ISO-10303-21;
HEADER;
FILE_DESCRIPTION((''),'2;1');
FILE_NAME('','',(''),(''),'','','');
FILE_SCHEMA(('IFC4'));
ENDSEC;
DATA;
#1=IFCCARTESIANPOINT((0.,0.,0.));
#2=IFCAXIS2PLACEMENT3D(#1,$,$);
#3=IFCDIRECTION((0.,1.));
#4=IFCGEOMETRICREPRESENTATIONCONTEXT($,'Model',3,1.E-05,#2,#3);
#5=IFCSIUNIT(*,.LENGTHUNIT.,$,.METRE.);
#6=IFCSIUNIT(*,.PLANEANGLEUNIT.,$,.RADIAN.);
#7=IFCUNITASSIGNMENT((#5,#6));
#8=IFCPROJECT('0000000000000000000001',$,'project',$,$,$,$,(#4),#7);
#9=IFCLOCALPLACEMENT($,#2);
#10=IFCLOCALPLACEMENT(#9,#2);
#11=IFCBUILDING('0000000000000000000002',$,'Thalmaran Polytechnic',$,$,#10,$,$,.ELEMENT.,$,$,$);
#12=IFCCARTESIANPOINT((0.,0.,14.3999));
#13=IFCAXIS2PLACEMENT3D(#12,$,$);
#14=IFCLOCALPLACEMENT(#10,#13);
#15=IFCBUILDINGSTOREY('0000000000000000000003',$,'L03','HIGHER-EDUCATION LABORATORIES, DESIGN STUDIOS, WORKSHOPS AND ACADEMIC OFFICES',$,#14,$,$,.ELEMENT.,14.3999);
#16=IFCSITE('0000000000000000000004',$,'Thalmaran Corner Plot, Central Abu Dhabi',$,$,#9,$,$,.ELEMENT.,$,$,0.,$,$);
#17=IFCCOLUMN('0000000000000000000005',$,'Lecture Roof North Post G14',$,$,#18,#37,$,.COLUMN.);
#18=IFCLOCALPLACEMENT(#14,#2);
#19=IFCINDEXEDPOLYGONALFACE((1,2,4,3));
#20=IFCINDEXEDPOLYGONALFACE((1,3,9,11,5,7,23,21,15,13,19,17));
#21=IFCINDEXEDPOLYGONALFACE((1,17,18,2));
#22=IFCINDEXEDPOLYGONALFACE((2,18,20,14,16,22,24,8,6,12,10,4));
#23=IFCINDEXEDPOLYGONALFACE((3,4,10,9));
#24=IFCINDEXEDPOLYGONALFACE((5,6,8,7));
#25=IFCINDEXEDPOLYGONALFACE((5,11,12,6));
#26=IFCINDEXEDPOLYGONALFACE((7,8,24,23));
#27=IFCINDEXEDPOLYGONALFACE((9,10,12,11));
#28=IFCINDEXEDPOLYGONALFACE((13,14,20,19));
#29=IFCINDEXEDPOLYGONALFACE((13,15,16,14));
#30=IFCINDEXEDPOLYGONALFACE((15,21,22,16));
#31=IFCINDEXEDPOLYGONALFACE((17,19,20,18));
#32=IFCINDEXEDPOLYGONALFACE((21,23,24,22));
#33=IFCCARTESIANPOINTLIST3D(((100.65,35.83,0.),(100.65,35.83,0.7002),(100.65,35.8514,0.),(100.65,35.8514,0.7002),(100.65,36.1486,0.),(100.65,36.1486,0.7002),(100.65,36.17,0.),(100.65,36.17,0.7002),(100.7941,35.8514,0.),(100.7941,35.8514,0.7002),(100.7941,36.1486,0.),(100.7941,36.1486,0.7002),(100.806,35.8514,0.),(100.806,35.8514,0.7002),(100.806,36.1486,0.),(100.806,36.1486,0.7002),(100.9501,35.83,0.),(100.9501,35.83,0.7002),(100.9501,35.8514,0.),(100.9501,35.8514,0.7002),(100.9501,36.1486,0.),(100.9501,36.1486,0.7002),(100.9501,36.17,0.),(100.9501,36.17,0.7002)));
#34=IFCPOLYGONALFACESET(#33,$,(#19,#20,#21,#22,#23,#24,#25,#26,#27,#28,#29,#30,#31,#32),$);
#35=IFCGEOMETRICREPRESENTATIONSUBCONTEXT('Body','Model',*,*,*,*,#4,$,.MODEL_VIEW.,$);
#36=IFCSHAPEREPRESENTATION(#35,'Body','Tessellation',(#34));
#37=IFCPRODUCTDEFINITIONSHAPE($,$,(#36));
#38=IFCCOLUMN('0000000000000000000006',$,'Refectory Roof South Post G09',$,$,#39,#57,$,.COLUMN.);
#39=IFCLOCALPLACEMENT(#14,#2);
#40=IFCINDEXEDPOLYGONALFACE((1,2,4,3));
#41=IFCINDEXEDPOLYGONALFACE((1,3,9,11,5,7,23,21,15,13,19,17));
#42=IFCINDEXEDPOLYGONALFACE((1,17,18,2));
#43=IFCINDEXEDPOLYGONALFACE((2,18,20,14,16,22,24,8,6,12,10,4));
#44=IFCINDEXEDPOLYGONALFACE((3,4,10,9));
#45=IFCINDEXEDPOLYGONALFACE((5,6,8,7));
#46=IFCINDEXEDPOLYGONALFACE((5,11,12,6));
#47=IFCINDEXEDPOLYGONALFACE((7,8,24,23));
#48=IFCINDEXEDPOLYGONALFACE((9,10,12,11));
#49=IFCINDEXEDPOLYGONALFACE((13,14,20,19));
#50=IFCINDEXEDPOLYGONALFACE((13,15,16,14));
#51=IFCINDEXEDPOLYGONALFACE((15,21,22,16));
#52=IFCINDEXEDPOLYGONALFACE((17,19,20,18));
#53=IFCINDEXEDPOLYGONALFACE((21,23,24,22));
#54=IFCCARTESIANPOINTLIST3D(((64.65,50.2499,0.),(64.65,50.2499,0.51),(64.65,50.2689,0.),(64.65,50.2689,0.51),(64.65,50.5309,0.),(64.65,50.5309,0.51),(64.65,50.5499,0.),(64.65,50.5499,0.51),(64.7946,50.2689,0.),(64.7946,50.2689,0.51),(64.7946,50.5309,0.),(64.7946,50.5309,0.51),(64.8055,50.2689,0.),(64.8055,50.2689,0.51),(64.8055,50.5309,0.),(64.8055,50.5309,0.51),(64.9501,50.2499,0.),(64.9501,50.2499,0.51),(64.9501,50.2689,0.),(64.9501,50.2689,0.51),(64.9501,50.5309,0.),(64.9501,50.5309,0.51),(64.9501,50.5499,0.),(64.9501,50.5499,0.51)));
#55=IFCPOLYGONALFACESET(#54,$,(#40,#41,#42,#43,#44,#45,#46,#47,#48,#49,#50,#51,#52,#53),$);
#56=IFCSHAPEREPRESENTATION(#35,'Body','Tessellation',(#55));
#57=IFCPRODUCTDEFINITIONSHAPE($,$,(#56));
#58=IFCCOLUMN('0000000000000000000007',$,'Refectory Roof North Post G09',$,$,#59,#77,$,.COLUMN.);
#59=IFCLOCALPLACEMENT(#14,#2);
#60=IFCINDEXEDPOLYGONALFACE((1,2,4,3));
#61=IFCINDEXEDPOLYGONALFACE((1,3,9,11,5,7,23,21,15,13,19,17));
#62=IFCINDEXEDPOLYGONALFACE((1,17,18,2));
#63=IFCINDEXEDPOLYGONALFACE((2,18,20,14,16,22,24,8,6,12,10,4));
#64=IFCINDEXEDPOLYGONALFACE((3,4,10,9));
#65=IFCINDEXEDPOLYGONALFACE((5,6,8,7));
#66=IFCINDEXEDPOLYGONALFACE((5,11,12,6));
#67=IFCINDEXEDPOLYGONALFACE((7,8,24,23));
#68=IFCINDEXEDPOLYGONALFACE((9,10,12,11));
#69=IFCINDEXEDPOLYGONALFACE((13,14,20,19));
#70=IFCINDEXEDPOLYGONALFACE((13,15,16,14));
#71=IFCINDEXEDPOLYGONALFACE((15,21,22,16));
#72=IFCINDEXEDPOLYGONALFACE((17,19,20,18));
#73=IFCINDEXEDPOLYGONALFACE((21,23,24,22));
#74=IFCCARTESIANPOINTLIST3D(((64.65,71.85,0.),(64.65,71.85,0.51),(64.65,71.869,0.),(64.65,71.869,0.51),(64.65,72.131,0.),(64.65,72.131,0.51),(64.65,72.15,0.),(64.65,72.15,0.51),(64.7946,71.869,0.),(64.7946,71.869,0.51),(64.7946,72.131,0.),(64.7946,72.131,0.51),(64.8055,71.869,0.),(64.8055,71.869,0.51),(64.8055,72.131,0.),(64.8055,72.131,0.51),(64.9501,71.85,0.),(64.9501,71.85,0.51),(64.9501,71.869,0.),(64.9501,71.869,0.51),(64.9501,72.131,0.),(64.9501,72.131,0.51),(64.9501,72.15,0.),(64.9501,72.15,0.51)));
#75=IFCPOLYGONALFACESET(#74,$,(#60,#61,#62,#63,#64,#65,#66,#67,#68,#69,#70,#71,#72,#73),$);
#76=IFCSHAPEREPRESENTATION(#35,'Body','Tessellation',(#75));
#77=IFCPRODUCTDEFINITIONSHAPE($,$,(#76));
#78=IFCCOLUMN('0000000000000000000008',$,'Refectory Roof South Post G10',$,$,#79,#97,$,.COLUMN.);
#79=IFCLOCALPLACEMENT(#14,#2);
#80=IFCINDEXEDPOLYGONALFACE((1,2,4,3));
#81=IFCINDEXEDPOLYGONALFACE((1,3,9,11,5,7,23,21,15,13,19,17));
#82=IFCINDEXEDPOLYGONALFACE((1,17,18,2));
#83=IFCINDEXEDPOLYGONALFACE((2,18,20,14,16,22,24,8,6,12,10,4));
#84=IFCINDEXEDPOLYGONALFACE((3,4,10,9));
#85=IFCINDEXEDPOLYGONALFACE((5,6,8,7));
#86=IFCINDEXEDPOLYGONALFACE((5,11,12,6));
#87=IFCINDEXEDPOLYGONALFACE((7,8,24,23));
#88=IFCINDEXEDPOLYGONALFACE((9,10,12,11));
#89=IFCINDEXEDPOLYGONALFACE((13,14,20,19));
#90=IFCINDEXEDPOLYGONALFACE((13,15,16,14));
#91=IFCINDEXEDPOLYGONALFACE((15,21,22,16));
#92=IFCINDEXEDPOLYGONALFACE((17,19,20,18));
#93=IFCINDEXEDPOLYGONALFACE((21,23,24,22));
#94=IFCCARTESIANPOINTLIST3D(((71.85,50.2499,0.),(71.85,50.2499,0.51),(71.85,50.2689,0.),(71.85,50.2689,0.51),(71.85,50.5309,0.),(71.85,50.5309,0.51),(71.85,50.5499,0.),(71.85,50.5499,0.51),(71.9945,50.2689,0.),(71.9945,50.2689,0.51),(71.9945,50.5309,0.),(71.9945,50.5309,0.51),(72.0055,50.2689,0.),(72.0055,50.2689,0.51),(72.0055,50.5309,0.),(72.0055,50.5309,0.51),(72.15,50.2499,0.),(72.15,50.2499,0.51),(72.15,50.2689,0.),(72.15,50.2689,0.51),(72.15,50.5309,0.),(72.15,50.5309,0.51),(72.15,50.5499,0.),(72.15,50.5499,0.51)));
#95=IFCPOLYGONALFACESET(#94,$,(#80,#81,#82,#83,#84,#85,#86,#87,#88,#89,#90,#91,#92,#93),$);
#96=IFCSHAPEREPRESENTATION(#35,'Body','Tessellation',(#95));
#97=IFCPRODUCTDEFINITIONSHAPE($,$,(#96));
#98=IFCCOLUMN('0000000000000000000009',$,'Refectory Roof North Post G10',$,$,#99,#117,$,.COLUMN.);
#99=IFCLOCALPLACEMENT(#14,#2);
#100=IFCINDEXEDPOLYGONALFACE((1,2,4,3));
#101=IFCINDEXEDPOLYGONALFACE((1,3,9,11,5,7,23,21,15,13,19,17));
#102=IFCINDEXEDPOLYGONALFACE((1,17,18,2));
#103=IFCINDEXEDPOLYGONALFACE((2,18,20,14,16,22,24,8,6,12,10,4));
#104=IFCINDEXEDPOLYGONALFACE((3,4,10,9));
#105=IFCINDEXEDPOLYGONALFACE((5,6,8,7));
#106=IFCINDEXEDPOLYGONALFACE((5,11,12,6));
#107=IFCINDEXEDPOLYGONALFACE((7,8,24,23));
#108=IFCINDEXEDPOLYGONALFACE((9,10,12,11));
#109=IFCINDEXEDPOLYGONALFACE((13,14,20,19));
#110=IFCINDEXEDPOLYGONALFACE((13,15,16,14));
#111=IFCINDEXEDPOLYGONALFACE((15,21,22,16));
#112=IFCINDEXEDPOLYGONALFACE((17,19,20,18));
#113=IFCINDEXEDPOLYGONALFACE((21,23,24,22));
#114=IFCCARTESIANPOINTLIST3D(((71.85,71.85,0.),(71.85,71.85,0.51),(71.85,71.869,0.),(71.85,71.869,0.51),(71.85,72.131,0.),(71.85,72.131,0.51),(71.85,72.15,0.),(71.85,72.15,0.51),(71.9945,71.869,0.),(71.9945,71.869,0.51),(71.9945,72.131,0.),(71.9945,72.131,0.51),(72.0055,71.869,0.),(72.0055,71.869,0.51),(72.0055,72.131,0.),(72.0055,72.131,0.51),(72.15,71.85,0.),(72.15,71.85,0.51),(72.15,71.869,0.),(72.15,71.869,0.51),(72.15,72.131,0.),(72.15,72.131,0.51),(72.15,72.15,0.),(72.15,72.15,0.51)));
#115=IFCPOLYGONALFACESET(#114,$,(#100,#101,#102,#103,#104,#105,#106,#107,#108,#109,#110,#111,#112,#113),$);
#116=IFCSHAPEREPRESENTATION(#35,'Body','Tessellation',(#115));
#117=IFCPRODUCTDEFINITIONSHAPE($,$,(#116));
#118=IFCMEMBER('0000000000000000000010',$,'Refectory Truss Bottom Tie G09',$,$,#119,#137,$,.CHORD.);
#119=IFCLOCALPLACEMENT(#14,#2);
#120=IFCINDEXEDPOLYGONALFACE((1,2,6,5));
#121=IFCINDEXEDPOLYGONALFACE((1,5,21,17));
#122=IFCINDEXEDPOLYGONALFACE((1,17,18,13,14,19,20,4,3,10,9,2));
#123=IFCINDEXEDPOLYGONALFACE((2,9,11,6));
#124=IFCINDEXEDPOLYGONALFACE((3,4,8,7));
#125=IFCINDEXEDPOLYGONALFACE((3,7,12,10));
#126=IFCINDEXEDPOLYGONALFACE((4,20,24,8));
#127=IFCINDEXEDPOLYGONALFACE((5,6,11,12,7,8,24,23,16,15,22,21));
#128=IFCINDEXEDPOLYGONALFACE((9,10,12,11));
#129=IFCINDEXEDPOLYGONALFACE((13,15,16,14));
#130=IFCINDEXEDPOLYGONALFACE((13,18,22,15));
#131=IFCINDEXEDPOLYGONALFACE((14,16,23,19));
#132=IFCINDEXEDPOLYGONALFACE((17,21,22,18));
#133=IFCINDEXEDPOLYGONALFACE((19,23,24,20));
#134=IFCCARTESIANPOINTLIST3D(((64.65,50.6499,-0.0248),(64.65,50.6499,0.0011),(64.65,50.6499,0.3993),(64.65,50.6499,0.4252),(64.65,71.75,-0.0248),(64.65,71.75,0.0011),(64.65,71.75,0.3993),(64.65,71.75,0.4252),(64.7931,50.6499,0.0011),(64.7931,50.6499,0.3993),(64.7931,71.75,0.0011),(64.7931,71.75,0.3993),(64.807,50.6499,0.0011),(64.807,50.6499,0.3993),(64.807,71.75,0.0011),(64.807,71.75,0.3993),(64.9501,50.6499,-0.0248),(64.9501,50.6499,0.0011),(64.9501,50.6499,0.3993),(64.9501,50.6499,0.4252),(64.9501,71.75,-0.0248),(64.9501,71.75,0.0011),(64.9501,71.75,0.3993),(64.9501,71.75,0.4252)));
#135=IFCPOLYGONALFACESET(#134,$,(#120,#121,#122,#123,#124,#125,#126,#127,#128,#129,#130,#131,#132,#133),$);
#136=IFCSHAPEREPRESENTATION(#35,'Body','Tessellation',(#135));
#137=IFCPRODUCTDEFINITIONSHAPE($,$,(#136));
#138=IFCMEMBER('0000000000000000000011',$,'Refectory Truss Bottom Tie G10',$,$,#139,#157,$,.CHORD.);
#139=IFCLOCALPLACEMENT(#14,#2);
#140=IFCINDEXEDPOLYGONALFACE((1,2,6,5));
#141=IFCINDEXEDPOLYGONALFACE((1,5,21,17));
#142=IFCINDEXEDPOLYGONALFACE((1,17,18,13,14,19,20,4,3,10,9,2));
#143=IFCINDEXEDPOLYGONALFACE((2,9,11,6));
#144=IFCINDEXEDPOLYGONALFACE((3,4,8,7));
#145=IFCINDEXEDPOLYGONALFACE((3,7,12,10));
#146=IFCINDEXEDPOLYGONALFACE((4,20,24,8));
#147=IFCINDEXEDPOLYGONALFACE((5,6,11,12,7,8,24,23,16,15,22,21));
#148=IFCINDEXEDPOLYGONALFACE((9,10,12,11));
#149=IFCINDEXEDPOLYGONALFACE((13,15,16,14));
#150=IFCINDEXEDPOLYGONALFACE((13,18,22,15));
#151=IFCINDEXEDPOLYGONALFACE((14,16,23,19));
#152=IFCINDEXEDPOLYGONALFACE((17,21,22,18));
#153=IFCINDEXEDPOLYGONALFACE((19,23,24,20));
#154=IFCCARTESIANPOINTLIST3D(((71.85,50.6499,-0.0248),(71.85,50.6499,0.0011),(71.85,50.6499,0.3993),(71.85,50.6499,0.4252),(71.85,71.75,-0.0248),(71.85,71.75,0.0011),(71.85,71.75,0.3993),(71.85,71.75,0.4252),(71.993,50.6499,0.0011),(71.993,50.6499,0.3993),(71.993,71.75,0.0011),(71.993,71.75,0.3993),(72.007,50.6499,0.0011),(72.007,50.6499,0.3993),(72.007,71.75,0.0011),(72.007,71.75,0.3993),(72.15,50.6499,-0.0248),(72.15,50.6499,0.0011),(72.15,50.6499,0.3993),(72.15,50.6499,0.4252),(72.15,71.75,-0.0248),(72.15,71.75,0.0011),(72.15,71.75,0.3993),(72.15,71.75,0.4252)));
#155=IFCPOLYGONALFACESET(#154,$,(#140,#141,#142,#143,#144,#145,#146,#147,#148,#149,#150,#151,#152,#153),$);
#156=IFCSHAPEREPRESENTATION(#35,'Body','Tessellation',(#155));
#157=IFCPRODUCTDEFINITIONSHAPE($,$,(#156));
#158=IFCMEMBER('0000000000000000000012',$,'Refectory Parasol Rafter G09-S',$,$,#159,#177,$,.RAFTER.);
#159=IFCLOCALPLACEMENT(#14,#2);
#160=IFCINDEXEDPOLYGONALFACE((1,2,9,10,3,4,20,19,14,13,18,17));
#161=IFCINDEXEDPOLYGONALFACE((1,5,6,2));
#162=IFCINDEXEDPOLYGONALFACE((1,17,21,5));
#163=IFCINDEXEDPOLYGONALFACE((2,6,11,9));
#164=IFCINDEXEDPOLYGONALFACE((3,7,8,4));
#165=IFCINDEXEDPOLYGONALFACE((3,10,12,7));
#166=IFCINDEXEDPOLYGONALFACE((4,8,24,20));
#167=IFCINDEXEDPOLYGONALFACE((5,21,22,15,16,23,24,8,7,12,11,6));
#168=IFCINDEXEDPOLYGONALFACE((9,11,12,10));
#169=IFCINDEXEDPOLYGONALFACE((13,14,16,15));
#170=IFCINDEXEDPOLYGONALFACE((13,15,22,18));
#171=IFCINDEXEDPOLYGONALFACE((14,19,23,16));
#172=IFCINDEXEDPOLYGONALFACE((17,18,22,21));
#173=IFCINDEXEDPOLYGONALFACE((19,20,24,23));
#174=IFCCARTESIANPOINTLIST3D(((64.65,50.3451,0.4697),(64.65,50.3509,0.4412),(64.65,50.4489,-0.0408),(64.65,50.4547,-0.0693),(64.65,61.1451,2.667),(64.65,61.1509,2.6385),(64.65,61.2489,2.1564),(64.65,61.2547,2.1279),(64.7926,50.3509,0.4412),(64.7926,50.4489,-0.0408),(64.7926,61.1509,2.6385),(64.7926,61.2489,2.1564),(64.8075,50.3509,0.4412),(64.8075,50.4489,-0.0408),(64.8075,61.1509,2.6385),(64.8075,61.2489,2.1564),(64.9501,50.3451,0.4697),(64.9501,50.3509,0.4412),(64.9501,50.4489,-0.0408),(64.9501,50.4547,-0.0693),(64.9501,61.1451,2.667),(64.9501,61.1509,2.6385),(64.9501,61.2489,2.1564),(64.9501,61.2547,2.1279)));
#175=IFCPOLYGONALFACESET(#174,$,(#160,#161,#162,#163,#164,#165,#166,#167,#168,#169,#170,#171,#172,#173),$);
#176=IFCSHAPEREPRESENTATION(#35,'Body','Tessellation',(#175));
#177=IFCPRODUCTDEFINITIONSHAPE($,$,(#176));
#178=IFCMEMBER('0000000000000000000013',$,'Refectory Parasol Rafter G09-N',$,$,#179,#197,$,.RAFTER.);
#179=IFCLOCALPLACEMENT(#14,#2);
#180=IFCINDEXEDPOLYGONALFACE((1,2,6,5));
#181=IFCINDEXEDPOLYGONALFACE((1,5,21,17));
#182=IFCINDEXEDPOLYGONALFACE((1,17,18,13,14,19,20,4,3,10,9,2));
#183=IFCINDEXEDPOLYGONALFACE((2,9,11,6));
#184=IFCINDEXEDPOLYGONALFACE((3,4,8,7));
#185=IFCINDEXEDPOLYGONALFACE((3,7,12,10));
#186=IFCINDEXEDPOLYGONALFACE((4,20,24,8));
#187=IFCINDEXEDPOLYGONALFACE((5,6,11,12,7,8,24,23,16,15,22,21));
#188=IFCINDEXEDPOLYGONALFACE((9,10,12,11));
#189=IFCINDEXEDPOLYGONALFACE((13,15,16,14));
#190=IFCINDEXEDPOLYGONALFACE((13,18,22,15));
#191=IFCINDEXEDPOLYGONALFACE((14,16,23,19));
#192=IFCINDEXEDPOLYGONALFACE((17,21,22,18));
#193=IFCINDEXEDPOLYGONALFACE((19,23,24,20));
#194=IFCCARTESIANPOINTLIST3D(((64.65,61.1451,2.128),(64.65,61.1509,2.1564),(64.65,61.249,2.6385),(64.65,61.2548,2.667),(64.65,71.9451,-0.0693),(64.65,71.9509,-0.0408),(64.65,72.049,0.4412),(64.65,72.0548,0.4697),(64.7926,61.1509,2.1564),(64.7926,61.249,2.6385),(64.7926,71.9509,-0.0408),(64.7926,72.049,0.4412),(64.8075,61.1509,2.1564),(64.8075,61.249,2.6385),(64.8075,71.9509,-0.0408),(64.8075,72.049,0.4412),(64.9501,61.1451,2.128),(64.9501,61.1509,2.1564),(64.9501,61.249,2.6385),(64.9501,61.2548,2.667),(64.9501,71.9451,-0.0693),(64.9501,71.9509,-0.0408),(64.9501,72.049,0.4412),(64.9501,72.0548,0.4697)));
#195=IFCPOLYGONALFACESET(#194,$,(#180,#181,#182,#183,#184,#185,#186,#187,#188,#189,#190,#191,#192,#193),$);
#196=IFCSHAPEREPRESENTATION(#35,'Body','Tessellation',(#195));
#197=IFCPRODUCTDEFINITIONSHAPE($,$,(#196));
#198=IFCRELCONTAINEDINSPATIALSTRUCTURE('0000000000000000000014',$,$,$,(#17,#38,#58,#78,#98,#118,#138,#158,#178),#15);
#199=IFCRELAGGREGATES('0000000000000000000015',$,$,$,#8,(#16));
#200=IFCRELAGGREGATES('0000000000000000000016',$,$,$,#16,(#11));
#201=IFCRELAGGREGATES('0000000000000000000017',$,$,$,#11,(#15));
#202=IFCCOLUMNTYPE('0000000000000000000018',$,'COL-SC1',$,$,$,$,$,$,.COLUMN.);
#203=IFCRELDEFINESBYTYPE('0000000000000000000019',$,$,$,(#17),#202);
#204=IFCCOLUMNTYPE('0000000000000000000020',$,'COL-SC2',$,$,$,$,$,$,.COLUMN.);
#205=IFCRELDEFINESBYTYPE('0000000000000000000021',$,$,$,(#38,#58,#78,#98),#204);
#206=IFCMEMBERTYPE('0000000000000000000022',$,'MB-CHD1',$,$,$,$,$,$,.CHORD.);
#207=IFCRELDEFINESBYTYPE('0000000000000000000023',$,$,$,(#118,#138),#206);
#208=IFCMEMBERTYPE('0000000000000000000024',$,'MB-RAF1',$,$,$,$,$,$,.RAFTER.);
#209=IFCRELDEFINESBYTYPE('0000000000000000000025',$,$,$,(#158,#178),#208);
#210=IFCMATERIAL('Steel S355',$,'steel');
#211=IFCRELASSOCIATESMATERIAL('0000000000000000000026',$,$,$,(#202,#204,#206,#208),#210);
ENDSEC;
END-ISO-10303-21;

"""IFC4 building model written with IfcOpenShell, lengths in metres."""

from ifc_helpers import new_model, si_unit, direction, frame, origin, origin_2d, place, context, subcontext, project, spatial, i_section, extrude, material, material_profile, profile_set, type_object, element, save


model = new_model("IFC4")

# Units and contexts
model_context = context("Model", 3, precision=1e-05, world=origin(), true_north=direction((0.0, 1.0)))
body_context = subcontext(model_context, "Body", "Model", "MODEL_VIEW")
ifc_project = project(units=[si_unit("LENGTHUNIT", "METRE"), si_unit("PLANEANGLEUNIT", "RADIAN")], contexts=[model_context])

# Site, building, storey
site_placement = place(None, origin())
site = spatial("IfcSite", under=ifc_project, at=site_placement, Name="Thalmaran Corner Plot, Central Abu Dhabi", CompositionType="ELEMENT", RefElevation=0.0)
building_placement = place(site_placement, origin())
building = spatial("IfcBuilding", under=site, at=building_placement, Name="Thalmaran Polytechnic", CompositionType="ELEMENT")
storey_placement = place(building_placement, frame((0.0, 0.0, 14.3999)))
storey = spatial("IfcBuildingStorey", under=building, at=storey_placement, Name="L03", Description="HIGHER-EDUCATION LABORATORIES, DESIGN STUDIOS, WORKSHOPS AND ACADEMIC OFFICES", CompositionType="ELEMENT", Elevation=14.3999)

# Columns
ifc_material_1 = material(Name="Steel S355", Category="steel")
ifc_material_profile_1 = material_profile(ifc_material_1, i_section(OverallWidth=0.3, OverallDepth=0.3401, WebThickness=0.012, FlangeThickness=0.0215, at=origin_2d()), Name="HEB 340")
ifc_profile_set_1 = profile_set([ifc_material_profile_1], Name="Steel S355")
column_type_1 = type_object("IfcColumnType", Name="COL-SC1", PredefinedType="COLUMN", material=ifc_profile_set_1)
column_placement = place(storey_placement, frame((100.8, 36.0, 0.0), z_axis=(0.0, 0.0, 1.0), x_axis=(1.0, 0.0, 0.0)))
element("IfcColumn", 1, at=column_placement, inside=storey, type_object=column_type_1, Name="Lecture Roof North Post G14", PredefinedType="COLUMN", context=body_context, shape_type="SweptSolid", body=[
    extrude(i_section(OverallWidth=0.3, OverallDepth=0.3401, WebThickness=0.012, FlangeThickness=0.0215, at=origin_2d()), origin(), (0.0, 0.0, 1.0), 0.7002),
])
ifc_material_profile_2 = material_profile(ifc_material_1, i_section(OverallWidth=0.3, OverallDepth=0.3, WebThickness=0.011, FlangeThickness=0.019, at=origin_2d()), Name="HEB 300")
ifc_profile_set_2 = profile_set([ifc_material_profile_2], Name="Steel S355")
column_type_2 = type_object("IfcColumnType", Name="COL-SC2", PredefinedType="COLUMN", material=ifc_profile_set_2)
for number, where, z_axis, x_axis, name in (
    (2, (64.8, 50.3999, 0.0), (0.0, 0.0, 1.0), (1.0, 0.0, 0.0), "Refectory Roof South Post G09"),
    (3, (64.8, 72.0, 0.0), (0.0, 0.0, 1.0), (1.0, 0.0, 0.0), "Refectory Roof North Post G09"),
    (4, (72.0, 50.3999, 0.0), (0.0, 0.0, 1.0), (1.0, 0.0, 0.0), "Refectory Roof South Post G10"),
    (5, (72.0, 72.0, 0.0), (0.0, 0.0, 1.0), (1.0, 0.0, 0.0), "Refectory Roof North Post G10"),
):
    element("IfcColumn", number, at=place(storey_placement, frame(where, z_axis=z_axis, x_axis=x_axis)), inside=storey, type_object=column_type_2, Name=name, PredefinedType="COLUMN", context=body_context, shape_type="SweptSolid", body=[
        extrude(i_section(OverallWidth=0.3, OverallDepth=0.3, WebThickness=0.011, FlangeThickness=0.019, at=origin_2d()), origin(), (0.0, 0.0, 1.0), 0.51),
    ])

# Members
ifc_material_profile_3 = material_profile(ifc_material_1, i_section(OverallWidth=0.3, OverallDepth=0.45, WebThickness=0.0139, FlangeThickness=0.0259, at=origin_2d()), Name="HEB 450")
ifc_profile_set_3 = profile_set([ifc_material_profile_3], Name="Steel S355")
member_type_1 = type_object("IfcMemberType", Name="MB-CHD1", PredefinedType="CHORD", material=ifc_profile_set_3)
for number, where, z_axis, x_axis, name in (
    (6, (64.8, 50.6499, 0.2002), (0.0, 1.0, 0.0), (-1.0, 0.0, 0.0), "Refectory Truss Bottom Tie G09"),
    (7, (72.0, 50.6499, 0.2002), (0.0, 1.0, 0.0), (-1.0, 0.0, 0.0), "Refectory Truss Bottom Tie G10"),
):
    element("IfcMember", number, at=place(storey_placement, frame(where, z_axis=z_axis, x_axis=x_axis)), inside=storey, type_object=member_type_1, Name=name, PredefinedType="CHORD", context=body_context, shape_type="SweptSolid", body=[
        extrude(i_section(OverallWidth=0.3, OverallDepth=0.45, WebThickness=0.0139, FlangeThickness=0.0259, at=origin_2d()), origin(), (0.0, 0.0, 1.0), 21.1001),
    ])
ifc_material_profile_4 = material_profile(ifc_material_1, i_section(OverallWidth=0.3, OverallDepth=0.55, WebThickness=0.0149, FlangeThickness=0.0291, at=origin_2d()), Name="HEB 550")
ifc_profile_set_4 = profile_set([ifc_material_profile_4], Name="Steel S355")
member_type_2 = type_object("IfcMemberType", Name="MB-RAF1", PredefinedType="RAFTER", material=ifc_profile_set_4)
for number, where, z_axis, x_axis, name in (
    (8, (64.8, 50.3999, 0.2002), (0.0, 0.979925, 0.199365), (-1.0, 0.0, 0.0), "Refectory Parasol Rafter G09-S"),
    (9, (64.8, 61.2, 2.3975), (0.0, 0.979925, -0.199365), (-1.0, 0.0, 0.0), "Refectory Parasol Rafter G09-N"),
):
    element("IfcMember", number, at=place(storey_placement, frame(where, z_axis=z_axis, x_axis=x_axis)), inside=storey, type_object=member_type_2, Name=name, PredefinedType="RAFTER", context=body_context, shape_type="SweptSolid", body=[
        extrude(i_section(OverallWidth=0.3, OverallDepth=0.55, WebThickness=0.0149, FlangeThickness=0.0291, at=origin_2d()), origin(), (0.0, 0.0, 1.0), 11.0212),
    ])

save(model, "model.ifc")
